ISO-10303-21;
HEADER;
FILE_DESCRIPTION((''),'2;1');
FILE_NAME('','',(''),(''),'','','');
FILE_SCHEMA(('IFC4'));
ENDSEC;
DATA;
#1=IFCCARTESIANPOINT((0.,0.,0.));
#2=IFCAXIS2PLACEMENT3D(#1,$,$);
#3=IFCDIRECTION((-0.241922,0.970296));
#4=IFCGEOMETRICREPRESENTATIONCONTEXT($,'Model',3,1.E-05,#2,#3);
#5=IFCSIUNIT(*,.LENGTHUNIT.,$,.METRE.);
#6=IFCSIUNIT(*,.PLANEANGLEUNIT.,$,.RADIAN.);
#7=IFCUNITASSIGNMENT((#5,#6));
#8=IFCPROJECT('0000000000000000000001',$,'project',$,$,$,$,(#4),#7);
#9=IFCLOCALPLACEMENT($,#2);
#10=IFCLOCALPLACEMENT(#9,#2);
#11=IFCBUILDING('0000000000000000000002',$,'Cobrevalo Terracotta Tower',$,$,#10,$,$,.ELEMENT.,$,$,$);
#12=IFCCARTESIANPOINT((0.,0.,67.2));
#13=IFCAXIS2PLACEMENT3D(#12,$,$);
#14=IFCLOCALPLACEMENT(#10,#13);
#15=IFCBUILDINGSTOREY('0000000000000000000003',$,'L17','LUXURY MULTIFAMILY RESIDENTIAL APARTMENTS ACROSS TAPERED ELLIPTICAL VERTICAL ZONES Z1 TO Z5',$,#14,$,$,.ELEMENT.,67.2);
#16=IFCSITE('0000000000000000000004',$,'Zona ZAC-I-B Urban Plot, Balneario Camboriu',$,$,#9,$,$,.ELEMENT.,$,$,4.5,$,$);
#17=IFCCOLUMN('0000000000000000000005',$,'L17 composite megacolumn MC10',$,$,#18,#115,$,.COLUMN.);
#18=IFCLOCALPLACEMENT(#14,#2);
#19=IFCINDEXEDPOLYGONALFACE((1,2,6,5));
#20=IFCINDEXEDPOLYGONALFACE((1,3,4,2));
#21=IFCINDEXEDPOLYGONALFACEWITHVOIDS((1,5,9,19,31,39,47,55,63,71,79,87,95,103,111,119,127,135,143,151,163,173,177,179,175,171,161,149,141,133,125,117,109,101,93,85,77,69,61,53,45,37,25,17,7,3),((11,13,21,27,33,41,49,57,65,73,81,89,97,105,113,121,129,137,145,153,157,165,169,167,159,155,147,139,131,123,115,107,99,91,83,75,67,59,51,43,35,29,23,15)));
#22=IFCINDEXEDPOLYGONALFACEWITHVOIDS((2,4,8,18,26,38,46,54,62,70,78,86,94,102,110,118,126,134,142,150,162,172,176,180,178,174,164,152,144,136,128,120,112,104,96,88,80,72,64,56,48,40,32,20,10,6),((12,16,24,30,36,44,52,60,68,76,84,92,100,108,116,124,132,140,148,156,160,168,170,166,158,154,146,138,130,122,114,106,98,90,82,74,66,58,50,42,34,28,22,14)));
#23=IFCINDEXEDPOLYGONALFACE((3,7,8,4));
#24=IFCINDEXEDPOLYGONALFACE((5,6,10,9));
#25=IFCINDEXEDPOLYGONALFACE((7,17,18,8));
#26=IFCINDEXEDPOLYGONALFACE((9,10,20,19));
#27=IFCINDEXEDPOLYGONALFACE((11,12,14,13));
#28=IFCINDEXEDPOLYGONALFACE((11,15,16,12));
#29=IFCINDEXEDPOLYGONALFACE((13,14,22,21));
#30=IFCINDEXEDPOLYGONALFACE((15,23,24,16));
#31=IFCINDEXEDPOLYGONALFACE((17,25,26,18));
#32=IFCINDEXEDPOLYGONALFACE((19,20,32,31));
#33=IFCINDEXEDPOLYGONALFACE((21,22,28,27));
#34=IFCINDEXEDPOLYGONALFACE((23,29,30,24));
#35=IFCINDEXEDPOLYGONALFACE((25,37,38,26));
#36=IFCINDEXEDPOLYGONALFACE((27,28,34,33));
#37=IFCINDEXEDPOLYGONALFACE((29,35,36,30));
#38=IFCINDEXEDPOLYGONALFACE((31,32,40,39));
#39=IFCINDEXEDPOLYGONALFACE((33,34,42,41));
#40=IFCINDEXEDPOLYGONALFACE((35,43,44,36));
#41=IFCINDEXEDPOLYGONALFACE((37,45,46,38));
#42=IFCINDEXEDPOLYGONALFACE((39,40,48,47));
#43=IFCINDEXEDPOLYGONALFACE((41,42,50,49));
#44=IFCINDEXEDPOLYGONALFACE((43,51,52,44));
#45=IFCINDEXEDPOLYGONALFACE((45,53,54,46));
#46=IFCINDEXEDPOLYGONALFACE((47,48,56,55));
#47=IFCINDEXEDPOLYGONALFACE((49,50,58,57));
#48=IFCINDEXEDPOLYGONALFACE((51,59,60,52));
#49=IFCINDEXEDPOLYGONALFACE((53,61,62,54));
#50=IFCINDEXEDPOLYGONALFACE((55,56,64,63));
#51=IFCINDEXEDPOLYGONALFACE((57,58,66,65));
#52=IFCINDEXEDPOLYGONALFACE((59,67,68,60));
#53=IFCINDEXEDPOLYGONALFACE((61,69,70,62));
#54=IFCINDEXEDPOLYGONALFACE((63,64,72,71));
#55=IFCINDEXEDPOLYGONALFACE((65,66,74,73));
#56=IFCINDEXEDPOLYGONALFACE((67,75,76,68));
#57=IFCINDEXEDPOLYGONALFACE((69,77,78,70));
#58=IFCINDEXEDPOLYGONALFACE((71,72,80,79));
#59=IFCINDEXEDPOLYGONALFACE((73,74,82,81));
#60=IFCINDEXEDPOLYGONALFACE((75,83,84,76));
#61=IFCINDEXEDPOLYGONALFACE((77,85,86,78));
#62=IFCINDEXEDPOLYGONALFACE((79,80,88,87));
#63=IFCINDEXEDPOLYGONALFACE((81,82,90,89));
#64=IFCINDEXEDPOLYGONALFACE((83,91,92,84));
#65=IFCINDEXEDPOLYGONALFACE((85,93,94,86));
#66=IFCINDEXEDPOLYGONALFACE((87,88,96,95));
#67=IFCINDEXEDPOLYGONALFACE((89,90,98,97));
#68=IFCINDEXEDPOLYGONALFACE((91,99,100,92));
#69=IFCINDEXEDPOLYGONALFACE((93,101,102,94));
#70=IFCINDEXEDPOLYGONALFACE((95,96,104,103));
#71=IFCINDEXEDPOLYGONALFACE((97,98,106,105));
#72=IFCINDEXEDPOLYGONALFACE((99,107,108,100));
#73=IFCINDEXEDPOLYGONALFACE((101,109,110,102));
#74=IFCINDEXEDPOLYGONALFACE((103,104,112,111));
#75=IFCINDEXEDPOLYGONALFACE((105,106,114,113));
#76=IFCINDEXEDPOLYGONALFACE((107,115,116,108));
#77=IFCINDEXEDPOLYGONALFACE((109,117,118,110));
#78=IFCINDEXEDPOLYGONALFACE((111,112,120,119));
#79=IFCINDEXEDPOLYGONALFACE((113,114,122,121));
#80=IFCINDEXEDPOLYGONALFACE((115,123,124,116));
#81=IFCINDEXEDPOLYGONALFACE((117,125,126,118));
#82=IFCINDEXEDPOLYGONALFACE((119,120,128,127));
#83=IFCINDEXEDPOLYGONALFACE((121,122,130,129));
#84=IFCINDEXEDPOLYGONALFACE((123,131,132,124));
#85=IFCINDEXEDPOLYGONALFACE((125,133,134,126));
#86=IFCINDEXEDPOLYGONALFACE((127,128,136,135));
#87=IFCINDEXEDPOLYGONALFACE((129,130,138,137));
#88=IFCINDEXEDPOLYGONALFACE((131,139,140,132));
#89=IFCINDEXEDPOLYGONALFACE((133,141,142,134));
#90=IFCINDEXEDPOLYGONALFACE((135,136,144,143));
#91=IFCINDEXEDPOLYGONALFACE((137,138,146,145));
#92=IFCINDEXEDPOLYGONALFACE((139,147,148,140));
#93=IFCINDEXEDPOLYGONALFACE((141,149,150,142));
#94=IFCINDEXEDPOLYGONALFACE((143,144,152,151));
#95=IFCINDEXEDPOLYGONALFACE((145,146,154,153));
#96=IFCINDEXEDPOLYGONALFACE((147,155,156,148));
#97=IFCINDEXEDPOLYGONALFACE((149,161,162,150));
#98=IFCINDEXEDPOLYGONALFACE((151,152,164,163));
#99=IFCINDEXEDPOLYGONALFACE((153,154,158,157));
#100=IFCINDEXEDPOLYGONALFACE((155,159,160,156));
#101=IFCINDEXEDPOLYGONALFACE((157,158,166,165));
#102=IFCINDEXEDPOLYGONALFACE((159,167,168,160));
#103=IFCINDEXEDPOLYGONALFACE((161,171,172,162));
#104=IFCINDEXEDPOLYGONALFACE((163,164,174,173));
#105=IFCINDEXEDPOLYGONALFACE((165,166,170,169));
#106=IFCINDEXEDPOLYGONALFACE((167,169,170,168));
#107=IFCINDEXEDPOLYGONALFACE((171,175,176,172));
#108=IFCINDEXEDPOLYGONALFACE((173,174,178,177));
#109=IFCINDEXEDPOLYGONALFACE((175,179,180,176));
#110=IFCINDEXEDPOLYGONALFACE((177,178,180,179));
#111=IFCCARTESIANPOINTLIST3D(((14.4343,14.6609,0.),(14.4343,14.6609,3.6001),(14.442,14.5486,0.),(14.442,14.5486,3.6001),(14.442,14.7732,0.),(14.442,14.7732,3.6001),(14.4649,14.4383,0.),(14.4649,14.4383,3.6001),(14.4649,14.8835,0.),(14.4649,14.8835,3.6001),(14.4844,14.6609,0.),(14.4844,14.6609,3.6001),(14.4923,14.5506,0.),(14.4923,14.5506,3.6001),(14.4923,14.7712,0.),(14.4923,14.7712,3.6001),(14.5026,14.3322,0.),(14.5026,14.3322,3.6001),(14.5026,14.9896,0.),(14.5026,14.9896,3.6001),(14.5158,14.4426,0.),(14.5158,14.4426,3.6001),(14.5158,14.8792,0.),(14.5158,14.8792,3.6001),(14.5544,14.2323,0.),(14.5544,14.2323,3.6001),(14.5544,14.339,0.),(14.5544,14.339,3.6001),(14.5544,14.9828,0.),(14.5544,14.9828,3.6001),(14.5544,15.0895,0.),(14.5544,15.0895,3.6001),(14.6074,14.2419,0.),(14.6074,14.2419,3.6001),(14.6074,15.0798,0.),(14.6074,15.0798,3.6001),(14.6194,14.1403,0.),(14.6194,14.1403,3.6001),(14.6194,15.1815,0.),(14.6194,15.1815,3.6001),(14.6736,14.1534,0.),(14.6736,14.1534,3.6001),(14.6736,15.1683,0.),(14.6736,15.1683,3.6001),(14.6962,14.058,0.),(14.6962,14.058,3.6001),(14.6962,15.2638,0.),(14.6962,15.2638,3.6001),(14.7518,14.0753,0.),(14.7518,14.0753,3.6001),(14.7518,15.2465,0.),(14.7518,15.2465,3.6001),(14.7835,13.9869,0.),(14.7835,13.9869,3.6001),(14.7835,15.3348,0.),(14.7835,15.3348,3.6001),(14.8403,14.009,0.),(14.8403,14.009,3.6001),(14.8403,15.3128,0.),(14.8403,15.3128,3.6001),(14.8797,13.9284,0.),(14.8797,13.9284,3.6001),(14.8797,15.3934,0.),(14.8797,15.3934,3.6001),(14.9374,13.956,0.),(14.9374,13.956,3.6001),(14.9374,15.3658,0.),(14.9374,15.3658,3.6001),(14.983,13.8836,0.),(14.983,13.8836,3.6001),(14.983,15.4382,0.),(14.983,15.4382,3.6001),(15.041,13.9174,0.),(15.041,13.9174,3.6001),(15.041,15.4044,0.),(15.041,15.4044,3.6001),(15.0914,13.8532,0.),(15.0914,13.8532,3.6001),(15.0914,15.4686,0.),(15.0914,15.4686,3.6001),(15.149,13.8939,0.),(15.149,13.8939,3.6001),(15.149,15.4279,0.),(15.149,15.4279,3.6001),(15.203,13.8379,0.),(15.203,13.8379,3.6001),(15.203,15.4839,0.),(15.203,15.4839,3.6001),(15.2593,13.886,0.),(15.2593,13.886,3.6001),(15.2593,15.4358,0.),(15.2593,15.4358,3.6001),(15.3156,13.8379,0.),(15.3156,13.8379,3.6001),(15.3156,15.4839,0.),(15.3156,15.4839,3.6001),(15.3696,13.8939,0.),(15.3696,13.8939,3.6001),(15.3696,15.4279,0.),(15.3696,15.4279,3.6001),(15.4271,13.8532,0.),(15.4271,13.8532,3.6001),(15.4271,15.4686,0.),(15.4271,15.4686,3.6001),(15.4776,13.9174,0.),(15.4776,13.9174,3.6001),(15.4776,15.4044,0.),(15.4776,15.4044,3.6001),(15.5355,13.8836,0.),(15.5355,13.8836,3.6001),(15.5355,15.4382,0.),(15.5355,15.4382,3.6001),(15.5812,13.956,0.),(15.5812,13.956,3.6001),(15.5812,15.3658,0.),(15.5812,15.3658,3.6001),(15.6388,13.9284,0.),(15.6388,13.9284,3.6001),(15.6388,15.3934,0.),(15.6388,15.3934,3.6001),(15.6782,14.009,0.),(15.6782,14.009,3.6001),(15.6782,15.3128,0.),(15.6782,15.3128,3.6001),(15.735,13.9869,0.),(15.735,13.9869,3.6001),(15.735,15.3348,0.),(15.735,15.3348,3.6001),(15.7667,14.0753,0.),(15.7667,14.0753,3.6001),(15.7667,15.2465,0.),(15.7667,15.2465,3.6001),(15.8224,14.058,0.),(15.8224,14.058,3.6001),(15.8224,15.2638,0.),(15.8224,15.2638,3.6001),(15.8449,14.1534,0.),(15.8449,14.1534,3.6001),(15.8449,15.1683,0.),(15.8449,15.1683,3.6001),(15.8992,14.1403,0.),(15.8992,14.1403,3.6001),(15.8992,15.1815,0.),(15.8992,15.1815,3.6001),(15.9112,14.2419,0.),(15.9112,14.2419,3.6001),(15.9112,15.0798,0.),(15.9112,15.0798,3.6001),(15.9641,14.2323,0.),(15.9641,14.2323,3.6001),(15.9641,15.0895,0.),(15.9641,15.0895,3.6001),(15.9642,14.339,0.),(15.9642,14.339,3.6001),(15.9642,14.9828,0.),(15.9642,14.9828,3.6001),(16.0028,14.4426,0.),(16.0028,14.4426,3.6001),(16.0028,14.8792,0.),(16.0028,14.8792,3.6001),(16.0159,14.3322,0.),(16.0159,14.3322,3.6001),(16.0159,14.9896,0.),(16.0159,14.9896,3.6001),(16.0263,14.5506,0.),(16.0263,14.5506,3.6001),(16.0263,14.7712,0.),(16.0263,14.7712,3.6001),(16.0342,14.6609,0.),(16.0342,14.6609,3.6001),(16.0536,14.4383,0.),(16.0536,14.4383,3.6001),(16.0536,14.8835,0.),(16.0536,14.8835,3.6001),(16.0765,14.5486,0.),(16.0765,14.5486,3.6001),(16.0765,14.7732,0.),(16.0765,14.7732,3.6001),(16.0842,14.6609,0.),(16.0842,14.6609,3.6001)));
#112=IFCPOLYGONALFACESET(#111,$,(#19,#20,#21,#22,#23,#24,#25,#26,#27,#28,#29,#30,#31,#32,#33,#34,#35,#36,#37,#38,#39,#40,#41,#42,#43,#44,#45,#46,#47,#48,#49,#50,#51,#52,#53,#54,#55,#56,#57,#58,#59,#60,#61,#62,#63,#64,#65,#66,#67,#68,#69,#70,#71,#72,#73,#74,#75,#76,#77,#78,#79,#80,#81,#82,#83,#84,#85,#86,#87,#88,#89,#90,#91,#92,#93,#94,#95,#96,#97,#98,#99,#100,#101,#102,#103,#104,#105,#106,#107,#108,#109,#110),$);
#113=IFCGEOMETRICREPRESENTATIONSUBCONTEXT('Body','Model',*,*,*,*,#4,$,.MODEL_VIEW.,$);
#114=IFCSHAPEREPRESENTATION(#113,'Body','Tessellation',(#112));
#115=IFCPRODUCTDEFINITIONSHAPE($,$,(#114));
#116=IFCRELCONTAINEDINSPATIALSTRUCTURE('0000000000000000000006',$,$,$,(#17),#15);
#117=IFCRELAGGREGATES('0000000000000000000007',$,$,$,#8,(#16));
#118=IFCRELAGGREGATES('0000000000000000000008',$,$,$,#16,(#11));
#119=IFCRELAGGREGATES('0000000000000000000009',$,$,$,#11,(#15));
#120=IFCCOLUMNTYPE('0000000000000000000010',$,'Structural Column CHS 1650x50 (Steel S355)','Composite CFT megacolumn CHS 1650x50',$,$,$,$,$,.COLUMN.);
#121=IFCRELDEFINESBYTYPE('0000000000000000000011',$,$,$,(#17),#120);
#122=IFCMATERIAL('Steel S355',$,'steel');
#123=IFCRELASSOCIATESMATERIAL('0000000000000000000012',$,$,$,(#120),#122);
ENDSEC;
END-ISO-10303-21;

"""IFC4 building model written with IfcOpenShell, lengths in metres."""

from ifc_helpers import new_model, si_unit, direction, frame, origin, origin_2d, place, context, subcontext, project, spatial, hollow_circle, extrude, material, material_profile, profile_set, type_object, element, save


model = new_model("IFC4")

# Units and contexts
model_context = context("Model", 3, precision=1e-05, world=origin(), true_north=direction((-0.241922, 0.970296)))
body_context = subcontext(model_context, "Body", "Model", "MODEL_VIEW")
ifc_project = project(units=[si_unit("LENGTHUNIT", "METRE"), si_unit("PLANEANGLEUNIT", "RADIAN")], contexts=[model_context])

# Site, building, storey
site_placement = place(None, origin())
site = spatial("IfcSite", under=ifc_project, at=site_placement, Name="Zona ZAC-I-B Urban Plot, Balneario Camboriu", CompositionType="ELEMENT", RefElevation=4.5)
building_placement = place(site_placement, origin())
building = spatial("IfcBuilding", under=site, at=building_placement, Name="Cobrevalo Terracotta Tower", CompositionType="ELEMENT")
storey_placement = place(building_placement, frame((0.0, 0.0, 67.2)))
storey = spatial("IfcBuildingStorey", under=building, at=storey_placement, Name="L17", Description="LUXURY MULTIFAMILY RESIDENTIAL APARTMENTS ACROSS TAPERED ELLIPTICAL VERTICAL ZONES Z1 TO Z5", CompositionType="ELEMENT", Elevation=67.2)

# Column
ifc_material_1 = material(Name="Steel S355", Category="steel")
ifc_material_profile_1 = material_profile(ifc_material_1, hollow_circle(Radius=0.825, WallThickness=0.05, at=origin_2d()), Name="CHS 1650x50")
ifc_profile_set_1 = profile_set([ifc_material_profile_1], Name="Steel S355")
column_type = type_object("IfcColumnType", Name="Structural Column CHS 1650x50 (Steel S355)", Description="Composite CFT megacolumn CHS 1650x50", PredefinedType="COLUMN", material=ifc_profile_set_1)
for number, where, z_axis, x_axis, name in (
    (1, (15.2593, 14.6609, 0.0), (0.0, 0.0, 1.0), (1.0, 0.0, 0.0), "L17 composite megacolumn MC10"),
):
    element("IfcColumn", number, at=place(storey_placement, frame(where, z_axis=z_axis, x_axis=x_axis)), inside=storey, type_object=column_type, Name=name, PredefinedType="COLUMN", context=body_context, shape_type="SweptSolid", body=[
        extrude(hollow_circle(Radius=0.825, WallThickness=0.05, at=origin_2d()), origin(), (0.0, 0.0, 1.0), 3.6001),
    ])

save(model, "model.ifc")
